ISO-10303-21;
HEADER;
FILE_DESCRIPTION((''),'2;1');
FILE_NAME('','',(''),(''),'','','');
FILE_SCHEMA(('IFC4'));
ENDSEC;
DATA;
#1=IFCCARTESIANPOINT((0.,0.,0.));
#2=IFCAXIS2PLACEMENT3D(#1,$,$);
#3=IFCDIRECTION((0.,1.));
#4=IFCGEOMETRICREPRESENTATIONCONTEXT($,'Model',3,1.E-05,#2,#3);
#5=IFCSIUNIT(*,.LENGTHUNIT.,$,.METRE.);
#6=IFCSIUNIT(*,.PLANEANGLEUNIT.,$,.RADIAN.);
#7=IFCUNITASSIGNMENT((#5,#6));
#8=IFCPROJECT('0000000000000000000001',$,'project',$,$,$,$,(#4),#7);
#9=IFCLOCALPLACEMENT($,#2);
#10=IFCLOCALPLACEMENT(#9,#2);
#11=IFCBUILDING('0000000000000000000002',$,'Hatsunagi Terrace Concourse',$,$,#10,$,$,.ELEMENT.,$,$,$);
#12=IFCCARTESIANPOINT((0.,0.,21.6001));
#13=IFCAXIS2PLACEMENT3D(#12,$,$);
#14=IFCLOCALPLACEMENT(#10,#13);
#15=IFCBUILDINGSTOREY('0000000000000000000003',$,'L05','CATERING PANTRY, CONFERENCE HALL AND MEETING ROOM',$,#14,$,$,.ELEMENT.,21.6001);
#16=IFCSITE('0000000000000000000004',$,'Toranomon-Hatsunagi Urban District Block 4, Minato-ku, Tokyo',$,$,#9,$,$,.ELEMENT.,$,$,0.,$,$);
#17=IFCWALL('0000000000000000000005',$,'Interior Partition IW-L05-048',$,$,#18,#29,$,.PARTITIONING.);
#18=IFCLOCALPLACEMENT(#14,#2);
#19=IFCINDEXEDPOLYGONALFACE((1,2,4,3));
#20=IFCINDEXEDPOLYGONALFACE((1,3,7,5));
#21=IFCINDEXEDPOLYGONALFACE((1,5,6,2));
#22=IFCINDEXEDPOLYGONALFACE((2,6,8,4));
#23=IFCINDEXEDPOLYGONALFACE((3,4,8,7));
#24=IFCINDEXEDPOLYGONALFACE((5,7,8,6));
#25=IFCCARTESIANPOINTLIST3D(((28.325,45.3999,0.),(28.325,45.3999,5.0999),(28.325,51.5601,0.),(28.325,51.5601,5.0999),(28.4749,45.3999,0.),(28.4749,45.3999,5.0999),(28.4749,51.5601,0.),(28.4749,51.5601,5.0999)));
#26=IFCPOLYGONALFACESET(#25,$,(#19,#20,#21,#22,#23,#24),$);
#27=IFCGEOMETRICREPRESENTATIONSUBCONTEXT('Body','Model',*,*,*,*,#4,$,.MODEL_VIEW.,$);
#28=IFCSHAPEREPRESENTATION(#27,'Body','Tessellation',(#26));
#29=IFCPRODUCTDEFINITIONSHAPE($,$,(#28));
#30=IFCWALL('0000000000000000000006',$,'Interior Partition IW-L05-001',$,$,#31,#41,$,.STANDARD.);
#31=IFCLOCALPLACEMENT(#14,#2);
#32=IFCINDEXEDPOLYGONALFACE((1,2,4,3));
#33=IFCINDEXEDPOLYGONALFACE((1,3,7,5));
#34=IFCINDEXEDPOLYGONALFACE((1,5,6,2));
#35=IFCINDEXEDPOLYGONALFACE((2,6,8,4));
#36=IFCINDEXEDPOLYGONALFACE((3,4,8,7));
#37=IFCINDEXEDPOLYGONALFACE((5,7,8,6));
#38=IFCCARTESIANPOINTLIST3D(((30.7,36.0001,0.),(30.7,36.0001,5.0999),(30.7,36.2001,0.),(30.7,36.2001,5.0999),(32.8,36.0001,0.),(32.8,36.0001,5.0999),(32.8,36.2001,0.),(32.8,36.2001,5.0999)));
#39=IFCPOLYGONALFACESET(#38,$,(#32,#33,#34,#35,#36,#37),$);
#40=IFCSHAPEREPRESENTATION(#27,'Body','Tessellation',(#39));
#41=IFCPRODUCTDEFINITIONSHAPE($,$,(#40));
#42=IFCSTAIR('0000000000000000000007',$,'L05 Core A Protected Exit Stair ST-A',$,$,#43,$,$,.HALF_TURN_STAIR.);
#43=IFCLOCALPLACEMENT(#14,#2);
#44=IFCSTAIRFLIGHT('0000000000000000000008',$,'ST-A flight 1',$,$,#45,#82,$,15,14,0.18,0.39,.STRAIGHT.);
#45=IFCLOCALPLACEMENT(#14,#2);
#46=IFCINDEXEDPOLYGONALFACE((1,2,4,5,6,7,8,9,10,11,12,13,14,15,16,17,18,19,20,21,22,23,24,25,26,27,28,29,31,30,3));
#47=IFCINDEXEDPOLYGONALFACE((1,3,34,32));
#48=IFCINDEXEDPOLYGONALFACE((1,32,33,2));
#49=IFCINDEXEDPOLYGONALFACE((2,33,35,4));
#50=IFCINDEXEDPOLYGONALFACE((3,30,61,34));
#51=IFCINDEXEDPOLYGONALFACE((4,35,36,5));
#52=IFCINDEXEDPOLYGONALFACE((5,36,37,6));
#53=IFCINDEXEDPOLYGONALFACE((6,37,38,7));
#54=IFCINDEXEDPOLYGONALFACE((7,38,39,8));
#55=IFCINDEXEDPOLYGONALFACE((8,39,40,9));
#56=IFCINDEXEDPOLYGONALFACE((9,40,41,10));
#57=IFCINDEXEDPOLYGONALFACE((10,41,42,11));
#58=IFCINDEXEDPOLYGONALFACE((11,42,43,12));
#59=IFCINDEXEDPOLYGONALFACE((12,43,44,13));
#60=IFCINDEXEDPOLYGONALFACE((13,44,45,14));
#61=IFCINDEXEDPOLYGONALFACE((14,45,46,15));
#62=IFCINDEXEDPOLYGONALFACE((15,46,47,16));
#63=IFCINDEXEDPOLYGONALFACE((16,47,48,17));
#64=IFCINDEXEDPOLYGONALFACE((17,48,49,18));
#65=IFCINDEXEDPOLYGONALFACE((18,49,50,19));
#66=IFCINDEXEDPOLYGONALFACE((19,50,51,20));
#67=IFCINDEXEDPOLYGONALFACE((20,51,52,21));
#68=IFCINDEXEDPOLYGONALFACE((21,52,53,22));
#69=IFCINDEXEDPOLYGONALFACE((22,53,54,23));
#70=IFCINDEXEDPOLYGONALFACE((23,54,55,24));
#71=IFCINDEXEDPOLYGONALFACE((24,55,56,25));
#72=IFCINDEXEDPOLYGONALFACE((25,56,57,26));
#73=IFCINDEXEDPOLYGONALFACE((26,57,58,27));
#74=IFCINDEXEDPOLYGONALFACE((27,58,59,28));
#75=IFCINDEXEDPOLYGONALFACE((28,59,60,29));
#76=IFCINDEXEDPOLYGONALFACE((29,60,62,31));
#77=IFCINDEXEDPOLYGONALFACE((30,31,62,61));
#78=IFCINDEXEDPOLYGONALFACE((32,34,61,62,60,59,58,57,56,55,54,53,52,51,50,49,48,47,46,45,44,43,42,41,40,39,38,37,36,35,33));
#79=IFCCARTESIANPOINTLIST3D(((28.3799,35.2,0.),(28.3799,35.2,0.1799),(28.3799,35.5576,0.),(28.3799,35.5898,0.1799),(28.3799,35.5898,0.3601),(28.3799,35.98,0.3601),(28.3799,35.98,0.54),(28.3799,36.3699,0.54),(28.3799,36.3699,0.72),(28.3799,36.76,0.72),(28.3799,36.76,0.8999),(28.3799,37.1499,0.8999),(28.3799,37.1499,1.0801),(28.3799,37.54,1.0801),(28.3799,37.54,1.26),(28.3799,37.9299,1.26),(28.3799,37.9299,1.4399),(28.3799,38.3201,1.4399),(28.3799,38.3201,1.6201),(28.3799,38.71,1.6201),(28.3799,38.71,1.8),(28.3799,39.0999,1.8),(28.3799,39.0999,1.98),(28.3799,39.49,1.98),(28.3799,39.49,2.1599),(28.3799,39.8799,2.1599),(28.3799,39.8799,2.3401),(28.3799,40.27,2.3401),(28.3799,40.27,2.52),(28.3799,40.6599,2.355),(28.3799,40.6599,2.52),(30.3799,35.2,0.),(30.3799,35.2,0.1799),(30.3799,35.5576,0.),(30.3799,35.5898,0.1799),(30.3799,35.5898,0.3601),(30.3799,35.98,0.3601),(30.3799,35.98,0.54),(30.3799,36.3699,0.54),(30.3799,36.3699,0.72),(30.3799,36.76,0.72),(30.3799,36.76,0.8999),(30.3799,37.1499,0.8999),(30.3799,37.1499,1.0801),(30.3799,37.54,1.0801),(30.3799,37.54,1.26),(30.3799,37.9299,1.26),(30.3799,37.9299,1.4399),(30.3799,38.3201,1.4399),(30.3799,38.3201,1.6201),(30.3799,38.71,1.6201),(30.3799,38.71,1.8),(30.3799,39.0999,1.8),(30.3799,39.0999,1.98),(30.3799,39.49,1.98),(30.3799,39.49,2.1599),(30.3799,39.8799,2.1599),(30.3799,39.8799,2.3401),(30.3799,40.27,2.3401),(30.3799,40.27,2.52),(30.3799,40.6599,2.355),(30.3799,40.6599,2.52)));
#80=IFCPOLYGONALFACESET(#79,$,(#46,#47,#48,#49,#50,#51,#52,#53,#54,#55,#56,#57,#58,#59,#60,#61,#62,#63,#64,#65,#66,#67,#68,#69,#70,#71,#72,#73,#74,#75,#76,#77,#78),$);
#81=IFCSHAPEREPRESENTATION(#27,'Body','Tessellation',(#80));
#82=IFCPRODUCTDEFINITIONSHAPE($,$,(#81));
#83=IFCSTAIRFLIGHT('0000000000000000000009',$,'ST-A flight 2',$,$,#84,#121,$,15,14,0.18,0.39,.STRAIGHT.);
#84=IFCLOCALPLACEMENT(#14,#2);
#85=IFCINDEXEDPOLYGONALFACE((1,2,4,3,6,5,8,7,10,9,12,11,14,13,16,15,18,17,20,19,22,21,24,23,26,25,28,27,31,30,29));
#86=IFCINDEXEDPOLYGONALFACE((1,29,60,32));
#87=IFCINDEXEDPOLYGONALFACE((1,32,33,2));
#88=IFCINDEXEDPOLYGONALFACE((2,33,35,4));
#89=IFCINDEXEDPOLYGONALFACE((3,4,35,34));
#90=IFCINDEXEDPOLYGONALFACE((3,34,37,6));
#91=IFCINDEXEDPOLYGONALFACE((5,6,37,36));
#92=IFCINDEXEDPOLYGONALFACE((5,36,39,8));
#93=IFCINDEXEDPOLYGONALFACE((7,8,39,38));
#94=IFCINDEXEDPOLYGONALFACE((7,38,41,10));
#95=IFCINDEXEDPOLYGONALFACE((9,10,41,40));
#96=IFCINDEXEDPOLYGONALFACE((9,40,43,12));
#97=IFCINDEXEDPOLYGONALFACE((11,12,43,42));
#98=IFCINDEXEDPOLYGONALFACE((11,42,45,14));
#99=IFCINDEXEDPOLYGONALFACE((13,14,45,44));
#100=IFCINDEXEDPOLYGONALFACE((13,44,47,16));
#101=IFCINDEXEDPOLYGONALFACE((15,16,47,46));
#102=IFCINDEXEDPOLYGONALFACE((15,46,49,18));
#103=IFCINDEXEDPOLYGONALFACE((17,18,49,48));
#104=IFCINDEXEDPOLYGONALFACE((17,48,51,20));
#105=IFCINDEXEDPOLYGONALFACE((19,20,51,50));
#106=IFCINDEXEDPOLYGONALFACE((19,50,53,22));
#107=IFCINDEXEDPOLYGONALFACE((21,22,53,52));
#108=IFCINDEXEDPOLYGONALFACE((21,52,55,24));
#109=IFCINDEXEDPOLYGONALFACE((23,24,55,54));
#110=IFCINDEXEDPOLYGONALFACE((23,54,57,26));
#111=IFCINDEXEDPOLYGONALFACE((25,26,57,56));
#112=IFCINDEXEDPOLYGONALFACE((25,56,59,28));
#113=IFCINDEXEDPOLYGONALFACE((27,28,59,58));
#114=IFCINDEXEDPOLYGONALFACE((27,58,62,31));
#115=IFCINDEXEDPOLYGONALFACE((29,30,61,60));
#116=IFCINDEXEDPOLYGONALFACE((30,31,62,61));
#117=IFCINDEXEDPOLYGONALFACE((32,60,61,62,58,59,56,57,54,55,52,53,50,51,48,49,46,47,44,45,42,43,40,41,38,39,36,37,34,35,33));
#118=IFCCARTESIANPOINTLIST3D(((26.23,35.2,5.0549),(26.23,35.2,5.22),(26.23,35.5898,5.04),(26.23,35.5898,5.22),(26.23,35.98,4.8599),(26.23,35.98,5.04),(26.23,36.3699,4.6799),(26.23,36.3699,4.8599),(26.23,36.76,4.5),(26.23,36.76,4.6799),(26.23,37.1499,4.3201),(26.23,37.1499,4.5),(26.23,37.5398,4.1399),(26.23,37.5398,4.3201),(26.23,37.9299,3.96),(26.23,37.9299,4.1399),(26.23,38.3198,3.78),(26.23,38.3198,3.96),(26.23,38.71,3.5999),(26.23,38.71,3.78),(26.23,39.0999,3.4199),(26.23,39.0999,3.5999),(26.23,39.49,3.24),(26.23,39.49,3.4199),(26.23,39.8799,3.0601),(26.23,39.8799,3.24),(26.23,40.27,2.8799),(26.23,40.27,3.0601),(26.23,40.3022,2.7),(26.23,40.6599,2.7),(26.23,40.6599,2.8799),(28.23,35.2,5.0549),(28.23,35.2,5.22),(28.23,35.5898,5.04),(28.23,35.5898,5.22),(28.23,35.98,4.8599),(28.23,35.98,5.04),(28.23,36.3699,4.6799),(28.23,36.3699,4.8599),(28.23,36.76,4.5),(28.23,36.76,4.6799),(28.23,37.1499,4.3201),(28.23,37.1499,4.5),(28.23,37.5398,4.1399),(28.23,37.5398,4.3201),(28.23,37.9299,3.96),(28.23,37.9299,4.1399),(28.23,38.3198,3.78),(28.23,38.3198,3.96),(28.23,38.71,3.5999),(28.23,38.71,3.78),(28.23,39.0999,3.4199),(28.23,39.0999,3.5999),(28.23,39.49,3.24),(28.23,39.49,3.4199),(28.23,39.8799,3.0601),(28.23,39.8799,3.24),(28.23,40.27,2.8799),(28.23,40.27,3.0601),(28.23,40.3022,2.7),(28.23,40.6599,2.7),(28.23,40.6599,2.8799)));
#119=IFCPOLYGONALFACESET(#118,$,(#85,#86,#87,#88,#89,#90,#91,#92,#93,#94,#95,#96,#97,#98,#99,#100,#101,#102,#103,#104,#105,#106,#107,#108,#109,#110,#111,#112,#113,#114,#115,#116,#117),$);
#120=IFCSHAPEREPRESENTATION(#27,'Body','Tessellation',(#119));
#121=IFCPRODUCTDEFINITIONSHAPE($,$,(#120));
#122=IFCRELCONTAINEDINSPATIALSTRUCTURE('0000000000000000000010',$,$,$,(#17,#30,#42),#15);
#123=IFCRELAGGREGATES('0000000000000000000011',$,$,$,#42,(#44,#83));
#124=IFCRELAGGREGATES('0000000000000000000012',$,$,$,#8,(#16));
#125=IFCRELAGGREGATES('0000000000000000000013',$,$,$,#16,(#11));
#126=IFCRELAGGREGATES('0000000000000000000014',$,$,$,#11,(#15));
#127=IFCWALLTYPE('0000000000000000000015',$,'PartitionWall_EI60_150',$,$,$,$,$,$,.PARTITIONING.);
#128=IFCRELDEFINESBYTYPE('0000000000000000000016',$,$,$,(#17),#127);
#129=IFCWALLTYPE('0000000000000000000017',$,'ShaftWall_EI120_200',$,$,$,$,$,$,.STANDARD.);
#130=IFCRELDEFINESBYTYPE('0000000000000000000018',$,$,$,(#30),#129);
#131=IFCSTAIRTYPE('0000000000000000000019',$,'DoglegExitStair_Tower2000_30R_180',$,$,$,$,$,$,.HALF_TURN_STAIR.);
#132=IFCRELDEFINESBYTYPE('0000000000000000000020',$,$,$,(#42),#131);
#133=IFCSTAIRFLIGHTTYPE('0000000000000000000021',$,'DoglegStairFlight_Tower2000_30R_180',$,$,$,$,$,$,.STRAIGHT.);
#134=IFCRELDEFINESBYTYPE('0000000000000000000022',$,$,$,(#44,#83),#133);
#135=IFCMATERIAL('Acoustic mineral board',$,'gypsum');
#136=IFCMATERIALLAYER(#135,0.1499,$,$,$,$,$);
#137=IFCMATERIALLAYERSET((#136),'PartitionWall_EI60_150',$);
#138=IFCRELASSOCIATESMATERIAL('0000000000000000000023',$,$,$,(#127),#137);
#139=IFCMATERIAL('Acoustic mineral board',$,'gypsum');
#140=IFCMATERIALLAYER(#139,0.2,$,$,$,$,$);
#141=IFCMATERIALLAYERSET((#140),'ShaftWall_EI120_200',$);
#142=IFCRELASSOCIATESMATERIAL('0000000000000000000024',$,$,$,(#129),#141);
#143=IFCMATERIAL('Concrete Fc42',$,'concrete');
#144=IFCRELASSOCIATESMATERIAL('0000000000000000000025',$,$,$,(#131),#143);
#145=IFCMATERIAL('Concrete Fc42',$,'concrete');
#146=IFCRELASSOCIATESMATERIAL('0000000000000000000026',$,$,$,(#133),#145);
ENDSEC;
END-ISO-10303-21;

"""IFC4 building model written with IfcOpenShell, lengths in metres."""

from ifc_helpers import new_model, si_unit, direction, frame, frame_2d, origin, place, context, subcontext, project, spatial, polyline, rectangle, outline, extrude, material, layer, layer_set, type_object, element, aggregate, save


model = new_model("IFC4")

# Units and contexts
model_context = context("Model", 3, precision=1e-05, world=origin(), true_north=direction((0.0, 1.0)))
body_context = subcontext(model_context, "Body", "Model", "MODEL_VIEW")
ifc_project = project(units=[si_unit("LENGTHUNIT", "METRE"), si_unit("PLANEANGLEUNIT", "RADIAN")], contexts=[model_context])

# Site, building, storey
site_placement = place(None, origin())
site = spatial("IfcSite", under=ifc_project, at=site_placement, Name="Toranomon-Hatsunagi Urban District Block 4, Minato-ku, Tokyo", CompositionType="ELEMENT", RefElevation=0.0)
building_placement = place(site_placement, origin())
building = spatial("IfcBuilding", under=site, at=building_placement, Name="Hatsunagi Terrace Concourse", CompositionType="ELEMENT")
storey_placement = place(building_placement, frame((0.0, 0.0, 21.6001)))
storey = spatial("IfcBuildingStorey", under=building, at=storey_placement, Name="L05", Description="CATERING PANTRY, CONFERENCE HALL AND MEETING ROOM", CompositionType="ELEMENT", Elevation=21.6001)

# Shared definitions
ifc_material_1 = material(Name="Acoustic mineral board", Category="gypsum")
ifc_layer_1 = layer(ifc_material_1, 0.1499)
ifc_layer_set_1 = layer_set([ifc_layer_1], Name="PartitionWall_EI60_150")
wall_type_1 = type_object("IfcWallType", Name="PartitionWall_EI60_150", PredefinedType="PARTITIONING", material=ifc_layer_set_1)

# Walls
wall_1_placement = place(storey_placement, frame((28.3999, 45.3999, 0.0), z_axis=(0.0, 0.0, 1.0), x_axis=(0.0, 1.0, 0.0)))
element("IfcWall", 1, at=wall_1_placement, inside=storey, type_object=wall_type_1, Name="Interior Partition IW-L05-048", PredefinedType="PARTITIONING", context=body_context, shape_type="SweptSolid", body=[
    extrude(rectangle(XDim=6.1602, YDim=0.1499, at=frame_2d((3.0801, 0.0))), origin(), (0.0, 0.0, 1.0), 5.0999),
])
ifc_material_2 = material(Name="Acoustic mineral board", Category="gypsum")
ifc_layer_2 = layer(ifc_material_2, 0.2)
ifc_layer_set_2 = layer_set([ifc_layer_2], Name="ShaftWall_EI120_200")
wall_type_2 = type_object("IfcWallType", Name="ShaftWall_EI120_200", PredefinedType="STANDARD", material=ifc_layer_set_2)
wall_2_placement = place(storey_placement, frame((30.7, 36.1001, 0.0), z_axis=(0.0, 0.0, 1.0), x_axis=(1.0, 0.0, 0.0)))
element("IfcWall", 2, at=wall_2_placement, inside=storey, type_object=wall_type_2, Name="Interior Partition IW-L05-001", PredefinedType="STANDARD", context=body_context, shape_type="SweptSolid", body=[
    extrude(rectangle(XDim=2.1001, YDim=0.2, at=frame_2d((1.05, 0.0))), origin(), (0.0, 0.0, 1.0), 5.0999),
])

# Stair, stair flights
ifc_material_3 = material(Name="Concrete Fc42", Category="concrete")
stair_type = type_object("IfcStairType", Name="DoglegExitStair_Tower2000_30R_180", PredefinedType="HALF_TURN_STAIR", material=ifc_material_3)
stair_placement = place(storey_placement, origin())
stair = element("IfcStair", 3, at=stair_placement, inside=storey, type_object=stair_type, Name="L05 Core A Protected Exit Stair ST-A", PredefinedType="HALF_TURN_STAIR")
ifc_material_4 = material(Name="Concrete Fc42", Category="concrete")
stair_flight_type = type_object("IfcStairFlightType", Name="DoglegStairFlight_Tower2000_30R_180", PredefinedType="STRAIGHT", material=ifc_material_4)
stair_flight_1_placement = place(storey_placement, frame((29.3799, 35.2, 0.0), z_axis=(0.0, 0.0, 1.0), x_axis=(0.0, 1.0, 0.0)))
stair_flight_1 = element("IfcStairFlight", 4, at=stair_flight_1_placement, type_object=stair_flight_type, Name="ST-A flight 1", NumberOfRisers=15, NumberOfTreads=14, PredefinedType="STRAIGHT", RiserHeight=0.18, TreadLength=0.39, context=body_context, shape_type="SweptSolid", body=[
    extrude(outline(polyline([(0.0, 0.0), (0.0, 0.1799), (0.3899, 0.1799), (0.3899, 0.3601), (0.78, 0.3601), (0.78, 0.54), (1.1699, 0.54), (1.1699, 0.72), (1.5601, 0.72), (1.5601, 0.8999), (1.95, 0.8999), (1.95, 1.0801), (2.3401, 1.0801), (2.3401, 1.26), (2.73, 1.26), (2.73, 1.4399), (3.1201, 1.4399), (3.1201, 1.6201), (3.51, 1.6201), (3.51, 1.8), (3.8999, 1.8), (3.8999, 1.98), (4.29, 1.98), (4.29, 2.1599), (4.6799, 2.1599), (4.6799, 2.3401), (5.0701, 2.3401), (5.0701, 2.52), (5.46, 2.52), (5.46, 2.7), (5.46, 2.355), (0.3577, 0.0), (0.0, 0.0)])), frame((0.0, 1.0, 0.0), z_axis=(0.0, -1.0, 0.0), x_axis=(1.0, 0.0, 0.0)), (0.0, 0.0, 1.0), 2.0),
])
stair_flight_2_placement = place(storey_placement, frame((27.23, 40.6599, 2.7), z_axis=(0.0, 0.0, 1.0), x_axis=(0.0, -1.0, 0.0)))
stair_flight_2 = element("IfcStairFlight", 5, at=stair_flight_2_placement, type_object=stair_flight_type, Name="ST-A flight 2", NumberOfRisers=15, NumberOfTreads=14, PredefinedType="STRAIGHT", RiserHeight=0.18, TreadLength=0.39, context=body_context, shape_type="SweptSolid", body=[
    extrude(outline(polyline([(0.0, 0.0), (0.0, 0.1799), (0.3899, 0.1799), (0.3899, 0.3601), (0.78, 0.3601), (0.78, 0.54), (1.1699, 0.54), (1.1699, 0.72), (1.5601, 0.72), (1.5601, 0.8999), (1.95, 0.8999), (1.95, 1.0801), (2.3401, 1.0801), (2.3401, 1.26), (2.73, 1.26), (2.73, 1.4399), (3.1201, 1.4399), (3.1201, 1.6201), (3.51, 1.6201), (3.51, 1.8), (3.8999, 1.8), (3.8999, 1.98), (4.29, 1.98), (4.29, 2.1599), (4.6799, 2.1599), (4.6799, 2.3401), (5.0701, 2.3401), (5.0701, 2.52), (5.46, 2.52), (5.46, 2.7), (5.46, 2.355), (0.3577, 0.0), (0.0, 0.0)])), frame((0.0, 1.0, 0.0), z_axis=(0.0, -1.0, 0.0), x_axis=(1.0, 0.0, 0.0)), (0.0, 0.0, 1.0), 2.0),
])
aggregate(stair, [stair_flight_1, stair_flight_2])

save(model, "model.ifc")
